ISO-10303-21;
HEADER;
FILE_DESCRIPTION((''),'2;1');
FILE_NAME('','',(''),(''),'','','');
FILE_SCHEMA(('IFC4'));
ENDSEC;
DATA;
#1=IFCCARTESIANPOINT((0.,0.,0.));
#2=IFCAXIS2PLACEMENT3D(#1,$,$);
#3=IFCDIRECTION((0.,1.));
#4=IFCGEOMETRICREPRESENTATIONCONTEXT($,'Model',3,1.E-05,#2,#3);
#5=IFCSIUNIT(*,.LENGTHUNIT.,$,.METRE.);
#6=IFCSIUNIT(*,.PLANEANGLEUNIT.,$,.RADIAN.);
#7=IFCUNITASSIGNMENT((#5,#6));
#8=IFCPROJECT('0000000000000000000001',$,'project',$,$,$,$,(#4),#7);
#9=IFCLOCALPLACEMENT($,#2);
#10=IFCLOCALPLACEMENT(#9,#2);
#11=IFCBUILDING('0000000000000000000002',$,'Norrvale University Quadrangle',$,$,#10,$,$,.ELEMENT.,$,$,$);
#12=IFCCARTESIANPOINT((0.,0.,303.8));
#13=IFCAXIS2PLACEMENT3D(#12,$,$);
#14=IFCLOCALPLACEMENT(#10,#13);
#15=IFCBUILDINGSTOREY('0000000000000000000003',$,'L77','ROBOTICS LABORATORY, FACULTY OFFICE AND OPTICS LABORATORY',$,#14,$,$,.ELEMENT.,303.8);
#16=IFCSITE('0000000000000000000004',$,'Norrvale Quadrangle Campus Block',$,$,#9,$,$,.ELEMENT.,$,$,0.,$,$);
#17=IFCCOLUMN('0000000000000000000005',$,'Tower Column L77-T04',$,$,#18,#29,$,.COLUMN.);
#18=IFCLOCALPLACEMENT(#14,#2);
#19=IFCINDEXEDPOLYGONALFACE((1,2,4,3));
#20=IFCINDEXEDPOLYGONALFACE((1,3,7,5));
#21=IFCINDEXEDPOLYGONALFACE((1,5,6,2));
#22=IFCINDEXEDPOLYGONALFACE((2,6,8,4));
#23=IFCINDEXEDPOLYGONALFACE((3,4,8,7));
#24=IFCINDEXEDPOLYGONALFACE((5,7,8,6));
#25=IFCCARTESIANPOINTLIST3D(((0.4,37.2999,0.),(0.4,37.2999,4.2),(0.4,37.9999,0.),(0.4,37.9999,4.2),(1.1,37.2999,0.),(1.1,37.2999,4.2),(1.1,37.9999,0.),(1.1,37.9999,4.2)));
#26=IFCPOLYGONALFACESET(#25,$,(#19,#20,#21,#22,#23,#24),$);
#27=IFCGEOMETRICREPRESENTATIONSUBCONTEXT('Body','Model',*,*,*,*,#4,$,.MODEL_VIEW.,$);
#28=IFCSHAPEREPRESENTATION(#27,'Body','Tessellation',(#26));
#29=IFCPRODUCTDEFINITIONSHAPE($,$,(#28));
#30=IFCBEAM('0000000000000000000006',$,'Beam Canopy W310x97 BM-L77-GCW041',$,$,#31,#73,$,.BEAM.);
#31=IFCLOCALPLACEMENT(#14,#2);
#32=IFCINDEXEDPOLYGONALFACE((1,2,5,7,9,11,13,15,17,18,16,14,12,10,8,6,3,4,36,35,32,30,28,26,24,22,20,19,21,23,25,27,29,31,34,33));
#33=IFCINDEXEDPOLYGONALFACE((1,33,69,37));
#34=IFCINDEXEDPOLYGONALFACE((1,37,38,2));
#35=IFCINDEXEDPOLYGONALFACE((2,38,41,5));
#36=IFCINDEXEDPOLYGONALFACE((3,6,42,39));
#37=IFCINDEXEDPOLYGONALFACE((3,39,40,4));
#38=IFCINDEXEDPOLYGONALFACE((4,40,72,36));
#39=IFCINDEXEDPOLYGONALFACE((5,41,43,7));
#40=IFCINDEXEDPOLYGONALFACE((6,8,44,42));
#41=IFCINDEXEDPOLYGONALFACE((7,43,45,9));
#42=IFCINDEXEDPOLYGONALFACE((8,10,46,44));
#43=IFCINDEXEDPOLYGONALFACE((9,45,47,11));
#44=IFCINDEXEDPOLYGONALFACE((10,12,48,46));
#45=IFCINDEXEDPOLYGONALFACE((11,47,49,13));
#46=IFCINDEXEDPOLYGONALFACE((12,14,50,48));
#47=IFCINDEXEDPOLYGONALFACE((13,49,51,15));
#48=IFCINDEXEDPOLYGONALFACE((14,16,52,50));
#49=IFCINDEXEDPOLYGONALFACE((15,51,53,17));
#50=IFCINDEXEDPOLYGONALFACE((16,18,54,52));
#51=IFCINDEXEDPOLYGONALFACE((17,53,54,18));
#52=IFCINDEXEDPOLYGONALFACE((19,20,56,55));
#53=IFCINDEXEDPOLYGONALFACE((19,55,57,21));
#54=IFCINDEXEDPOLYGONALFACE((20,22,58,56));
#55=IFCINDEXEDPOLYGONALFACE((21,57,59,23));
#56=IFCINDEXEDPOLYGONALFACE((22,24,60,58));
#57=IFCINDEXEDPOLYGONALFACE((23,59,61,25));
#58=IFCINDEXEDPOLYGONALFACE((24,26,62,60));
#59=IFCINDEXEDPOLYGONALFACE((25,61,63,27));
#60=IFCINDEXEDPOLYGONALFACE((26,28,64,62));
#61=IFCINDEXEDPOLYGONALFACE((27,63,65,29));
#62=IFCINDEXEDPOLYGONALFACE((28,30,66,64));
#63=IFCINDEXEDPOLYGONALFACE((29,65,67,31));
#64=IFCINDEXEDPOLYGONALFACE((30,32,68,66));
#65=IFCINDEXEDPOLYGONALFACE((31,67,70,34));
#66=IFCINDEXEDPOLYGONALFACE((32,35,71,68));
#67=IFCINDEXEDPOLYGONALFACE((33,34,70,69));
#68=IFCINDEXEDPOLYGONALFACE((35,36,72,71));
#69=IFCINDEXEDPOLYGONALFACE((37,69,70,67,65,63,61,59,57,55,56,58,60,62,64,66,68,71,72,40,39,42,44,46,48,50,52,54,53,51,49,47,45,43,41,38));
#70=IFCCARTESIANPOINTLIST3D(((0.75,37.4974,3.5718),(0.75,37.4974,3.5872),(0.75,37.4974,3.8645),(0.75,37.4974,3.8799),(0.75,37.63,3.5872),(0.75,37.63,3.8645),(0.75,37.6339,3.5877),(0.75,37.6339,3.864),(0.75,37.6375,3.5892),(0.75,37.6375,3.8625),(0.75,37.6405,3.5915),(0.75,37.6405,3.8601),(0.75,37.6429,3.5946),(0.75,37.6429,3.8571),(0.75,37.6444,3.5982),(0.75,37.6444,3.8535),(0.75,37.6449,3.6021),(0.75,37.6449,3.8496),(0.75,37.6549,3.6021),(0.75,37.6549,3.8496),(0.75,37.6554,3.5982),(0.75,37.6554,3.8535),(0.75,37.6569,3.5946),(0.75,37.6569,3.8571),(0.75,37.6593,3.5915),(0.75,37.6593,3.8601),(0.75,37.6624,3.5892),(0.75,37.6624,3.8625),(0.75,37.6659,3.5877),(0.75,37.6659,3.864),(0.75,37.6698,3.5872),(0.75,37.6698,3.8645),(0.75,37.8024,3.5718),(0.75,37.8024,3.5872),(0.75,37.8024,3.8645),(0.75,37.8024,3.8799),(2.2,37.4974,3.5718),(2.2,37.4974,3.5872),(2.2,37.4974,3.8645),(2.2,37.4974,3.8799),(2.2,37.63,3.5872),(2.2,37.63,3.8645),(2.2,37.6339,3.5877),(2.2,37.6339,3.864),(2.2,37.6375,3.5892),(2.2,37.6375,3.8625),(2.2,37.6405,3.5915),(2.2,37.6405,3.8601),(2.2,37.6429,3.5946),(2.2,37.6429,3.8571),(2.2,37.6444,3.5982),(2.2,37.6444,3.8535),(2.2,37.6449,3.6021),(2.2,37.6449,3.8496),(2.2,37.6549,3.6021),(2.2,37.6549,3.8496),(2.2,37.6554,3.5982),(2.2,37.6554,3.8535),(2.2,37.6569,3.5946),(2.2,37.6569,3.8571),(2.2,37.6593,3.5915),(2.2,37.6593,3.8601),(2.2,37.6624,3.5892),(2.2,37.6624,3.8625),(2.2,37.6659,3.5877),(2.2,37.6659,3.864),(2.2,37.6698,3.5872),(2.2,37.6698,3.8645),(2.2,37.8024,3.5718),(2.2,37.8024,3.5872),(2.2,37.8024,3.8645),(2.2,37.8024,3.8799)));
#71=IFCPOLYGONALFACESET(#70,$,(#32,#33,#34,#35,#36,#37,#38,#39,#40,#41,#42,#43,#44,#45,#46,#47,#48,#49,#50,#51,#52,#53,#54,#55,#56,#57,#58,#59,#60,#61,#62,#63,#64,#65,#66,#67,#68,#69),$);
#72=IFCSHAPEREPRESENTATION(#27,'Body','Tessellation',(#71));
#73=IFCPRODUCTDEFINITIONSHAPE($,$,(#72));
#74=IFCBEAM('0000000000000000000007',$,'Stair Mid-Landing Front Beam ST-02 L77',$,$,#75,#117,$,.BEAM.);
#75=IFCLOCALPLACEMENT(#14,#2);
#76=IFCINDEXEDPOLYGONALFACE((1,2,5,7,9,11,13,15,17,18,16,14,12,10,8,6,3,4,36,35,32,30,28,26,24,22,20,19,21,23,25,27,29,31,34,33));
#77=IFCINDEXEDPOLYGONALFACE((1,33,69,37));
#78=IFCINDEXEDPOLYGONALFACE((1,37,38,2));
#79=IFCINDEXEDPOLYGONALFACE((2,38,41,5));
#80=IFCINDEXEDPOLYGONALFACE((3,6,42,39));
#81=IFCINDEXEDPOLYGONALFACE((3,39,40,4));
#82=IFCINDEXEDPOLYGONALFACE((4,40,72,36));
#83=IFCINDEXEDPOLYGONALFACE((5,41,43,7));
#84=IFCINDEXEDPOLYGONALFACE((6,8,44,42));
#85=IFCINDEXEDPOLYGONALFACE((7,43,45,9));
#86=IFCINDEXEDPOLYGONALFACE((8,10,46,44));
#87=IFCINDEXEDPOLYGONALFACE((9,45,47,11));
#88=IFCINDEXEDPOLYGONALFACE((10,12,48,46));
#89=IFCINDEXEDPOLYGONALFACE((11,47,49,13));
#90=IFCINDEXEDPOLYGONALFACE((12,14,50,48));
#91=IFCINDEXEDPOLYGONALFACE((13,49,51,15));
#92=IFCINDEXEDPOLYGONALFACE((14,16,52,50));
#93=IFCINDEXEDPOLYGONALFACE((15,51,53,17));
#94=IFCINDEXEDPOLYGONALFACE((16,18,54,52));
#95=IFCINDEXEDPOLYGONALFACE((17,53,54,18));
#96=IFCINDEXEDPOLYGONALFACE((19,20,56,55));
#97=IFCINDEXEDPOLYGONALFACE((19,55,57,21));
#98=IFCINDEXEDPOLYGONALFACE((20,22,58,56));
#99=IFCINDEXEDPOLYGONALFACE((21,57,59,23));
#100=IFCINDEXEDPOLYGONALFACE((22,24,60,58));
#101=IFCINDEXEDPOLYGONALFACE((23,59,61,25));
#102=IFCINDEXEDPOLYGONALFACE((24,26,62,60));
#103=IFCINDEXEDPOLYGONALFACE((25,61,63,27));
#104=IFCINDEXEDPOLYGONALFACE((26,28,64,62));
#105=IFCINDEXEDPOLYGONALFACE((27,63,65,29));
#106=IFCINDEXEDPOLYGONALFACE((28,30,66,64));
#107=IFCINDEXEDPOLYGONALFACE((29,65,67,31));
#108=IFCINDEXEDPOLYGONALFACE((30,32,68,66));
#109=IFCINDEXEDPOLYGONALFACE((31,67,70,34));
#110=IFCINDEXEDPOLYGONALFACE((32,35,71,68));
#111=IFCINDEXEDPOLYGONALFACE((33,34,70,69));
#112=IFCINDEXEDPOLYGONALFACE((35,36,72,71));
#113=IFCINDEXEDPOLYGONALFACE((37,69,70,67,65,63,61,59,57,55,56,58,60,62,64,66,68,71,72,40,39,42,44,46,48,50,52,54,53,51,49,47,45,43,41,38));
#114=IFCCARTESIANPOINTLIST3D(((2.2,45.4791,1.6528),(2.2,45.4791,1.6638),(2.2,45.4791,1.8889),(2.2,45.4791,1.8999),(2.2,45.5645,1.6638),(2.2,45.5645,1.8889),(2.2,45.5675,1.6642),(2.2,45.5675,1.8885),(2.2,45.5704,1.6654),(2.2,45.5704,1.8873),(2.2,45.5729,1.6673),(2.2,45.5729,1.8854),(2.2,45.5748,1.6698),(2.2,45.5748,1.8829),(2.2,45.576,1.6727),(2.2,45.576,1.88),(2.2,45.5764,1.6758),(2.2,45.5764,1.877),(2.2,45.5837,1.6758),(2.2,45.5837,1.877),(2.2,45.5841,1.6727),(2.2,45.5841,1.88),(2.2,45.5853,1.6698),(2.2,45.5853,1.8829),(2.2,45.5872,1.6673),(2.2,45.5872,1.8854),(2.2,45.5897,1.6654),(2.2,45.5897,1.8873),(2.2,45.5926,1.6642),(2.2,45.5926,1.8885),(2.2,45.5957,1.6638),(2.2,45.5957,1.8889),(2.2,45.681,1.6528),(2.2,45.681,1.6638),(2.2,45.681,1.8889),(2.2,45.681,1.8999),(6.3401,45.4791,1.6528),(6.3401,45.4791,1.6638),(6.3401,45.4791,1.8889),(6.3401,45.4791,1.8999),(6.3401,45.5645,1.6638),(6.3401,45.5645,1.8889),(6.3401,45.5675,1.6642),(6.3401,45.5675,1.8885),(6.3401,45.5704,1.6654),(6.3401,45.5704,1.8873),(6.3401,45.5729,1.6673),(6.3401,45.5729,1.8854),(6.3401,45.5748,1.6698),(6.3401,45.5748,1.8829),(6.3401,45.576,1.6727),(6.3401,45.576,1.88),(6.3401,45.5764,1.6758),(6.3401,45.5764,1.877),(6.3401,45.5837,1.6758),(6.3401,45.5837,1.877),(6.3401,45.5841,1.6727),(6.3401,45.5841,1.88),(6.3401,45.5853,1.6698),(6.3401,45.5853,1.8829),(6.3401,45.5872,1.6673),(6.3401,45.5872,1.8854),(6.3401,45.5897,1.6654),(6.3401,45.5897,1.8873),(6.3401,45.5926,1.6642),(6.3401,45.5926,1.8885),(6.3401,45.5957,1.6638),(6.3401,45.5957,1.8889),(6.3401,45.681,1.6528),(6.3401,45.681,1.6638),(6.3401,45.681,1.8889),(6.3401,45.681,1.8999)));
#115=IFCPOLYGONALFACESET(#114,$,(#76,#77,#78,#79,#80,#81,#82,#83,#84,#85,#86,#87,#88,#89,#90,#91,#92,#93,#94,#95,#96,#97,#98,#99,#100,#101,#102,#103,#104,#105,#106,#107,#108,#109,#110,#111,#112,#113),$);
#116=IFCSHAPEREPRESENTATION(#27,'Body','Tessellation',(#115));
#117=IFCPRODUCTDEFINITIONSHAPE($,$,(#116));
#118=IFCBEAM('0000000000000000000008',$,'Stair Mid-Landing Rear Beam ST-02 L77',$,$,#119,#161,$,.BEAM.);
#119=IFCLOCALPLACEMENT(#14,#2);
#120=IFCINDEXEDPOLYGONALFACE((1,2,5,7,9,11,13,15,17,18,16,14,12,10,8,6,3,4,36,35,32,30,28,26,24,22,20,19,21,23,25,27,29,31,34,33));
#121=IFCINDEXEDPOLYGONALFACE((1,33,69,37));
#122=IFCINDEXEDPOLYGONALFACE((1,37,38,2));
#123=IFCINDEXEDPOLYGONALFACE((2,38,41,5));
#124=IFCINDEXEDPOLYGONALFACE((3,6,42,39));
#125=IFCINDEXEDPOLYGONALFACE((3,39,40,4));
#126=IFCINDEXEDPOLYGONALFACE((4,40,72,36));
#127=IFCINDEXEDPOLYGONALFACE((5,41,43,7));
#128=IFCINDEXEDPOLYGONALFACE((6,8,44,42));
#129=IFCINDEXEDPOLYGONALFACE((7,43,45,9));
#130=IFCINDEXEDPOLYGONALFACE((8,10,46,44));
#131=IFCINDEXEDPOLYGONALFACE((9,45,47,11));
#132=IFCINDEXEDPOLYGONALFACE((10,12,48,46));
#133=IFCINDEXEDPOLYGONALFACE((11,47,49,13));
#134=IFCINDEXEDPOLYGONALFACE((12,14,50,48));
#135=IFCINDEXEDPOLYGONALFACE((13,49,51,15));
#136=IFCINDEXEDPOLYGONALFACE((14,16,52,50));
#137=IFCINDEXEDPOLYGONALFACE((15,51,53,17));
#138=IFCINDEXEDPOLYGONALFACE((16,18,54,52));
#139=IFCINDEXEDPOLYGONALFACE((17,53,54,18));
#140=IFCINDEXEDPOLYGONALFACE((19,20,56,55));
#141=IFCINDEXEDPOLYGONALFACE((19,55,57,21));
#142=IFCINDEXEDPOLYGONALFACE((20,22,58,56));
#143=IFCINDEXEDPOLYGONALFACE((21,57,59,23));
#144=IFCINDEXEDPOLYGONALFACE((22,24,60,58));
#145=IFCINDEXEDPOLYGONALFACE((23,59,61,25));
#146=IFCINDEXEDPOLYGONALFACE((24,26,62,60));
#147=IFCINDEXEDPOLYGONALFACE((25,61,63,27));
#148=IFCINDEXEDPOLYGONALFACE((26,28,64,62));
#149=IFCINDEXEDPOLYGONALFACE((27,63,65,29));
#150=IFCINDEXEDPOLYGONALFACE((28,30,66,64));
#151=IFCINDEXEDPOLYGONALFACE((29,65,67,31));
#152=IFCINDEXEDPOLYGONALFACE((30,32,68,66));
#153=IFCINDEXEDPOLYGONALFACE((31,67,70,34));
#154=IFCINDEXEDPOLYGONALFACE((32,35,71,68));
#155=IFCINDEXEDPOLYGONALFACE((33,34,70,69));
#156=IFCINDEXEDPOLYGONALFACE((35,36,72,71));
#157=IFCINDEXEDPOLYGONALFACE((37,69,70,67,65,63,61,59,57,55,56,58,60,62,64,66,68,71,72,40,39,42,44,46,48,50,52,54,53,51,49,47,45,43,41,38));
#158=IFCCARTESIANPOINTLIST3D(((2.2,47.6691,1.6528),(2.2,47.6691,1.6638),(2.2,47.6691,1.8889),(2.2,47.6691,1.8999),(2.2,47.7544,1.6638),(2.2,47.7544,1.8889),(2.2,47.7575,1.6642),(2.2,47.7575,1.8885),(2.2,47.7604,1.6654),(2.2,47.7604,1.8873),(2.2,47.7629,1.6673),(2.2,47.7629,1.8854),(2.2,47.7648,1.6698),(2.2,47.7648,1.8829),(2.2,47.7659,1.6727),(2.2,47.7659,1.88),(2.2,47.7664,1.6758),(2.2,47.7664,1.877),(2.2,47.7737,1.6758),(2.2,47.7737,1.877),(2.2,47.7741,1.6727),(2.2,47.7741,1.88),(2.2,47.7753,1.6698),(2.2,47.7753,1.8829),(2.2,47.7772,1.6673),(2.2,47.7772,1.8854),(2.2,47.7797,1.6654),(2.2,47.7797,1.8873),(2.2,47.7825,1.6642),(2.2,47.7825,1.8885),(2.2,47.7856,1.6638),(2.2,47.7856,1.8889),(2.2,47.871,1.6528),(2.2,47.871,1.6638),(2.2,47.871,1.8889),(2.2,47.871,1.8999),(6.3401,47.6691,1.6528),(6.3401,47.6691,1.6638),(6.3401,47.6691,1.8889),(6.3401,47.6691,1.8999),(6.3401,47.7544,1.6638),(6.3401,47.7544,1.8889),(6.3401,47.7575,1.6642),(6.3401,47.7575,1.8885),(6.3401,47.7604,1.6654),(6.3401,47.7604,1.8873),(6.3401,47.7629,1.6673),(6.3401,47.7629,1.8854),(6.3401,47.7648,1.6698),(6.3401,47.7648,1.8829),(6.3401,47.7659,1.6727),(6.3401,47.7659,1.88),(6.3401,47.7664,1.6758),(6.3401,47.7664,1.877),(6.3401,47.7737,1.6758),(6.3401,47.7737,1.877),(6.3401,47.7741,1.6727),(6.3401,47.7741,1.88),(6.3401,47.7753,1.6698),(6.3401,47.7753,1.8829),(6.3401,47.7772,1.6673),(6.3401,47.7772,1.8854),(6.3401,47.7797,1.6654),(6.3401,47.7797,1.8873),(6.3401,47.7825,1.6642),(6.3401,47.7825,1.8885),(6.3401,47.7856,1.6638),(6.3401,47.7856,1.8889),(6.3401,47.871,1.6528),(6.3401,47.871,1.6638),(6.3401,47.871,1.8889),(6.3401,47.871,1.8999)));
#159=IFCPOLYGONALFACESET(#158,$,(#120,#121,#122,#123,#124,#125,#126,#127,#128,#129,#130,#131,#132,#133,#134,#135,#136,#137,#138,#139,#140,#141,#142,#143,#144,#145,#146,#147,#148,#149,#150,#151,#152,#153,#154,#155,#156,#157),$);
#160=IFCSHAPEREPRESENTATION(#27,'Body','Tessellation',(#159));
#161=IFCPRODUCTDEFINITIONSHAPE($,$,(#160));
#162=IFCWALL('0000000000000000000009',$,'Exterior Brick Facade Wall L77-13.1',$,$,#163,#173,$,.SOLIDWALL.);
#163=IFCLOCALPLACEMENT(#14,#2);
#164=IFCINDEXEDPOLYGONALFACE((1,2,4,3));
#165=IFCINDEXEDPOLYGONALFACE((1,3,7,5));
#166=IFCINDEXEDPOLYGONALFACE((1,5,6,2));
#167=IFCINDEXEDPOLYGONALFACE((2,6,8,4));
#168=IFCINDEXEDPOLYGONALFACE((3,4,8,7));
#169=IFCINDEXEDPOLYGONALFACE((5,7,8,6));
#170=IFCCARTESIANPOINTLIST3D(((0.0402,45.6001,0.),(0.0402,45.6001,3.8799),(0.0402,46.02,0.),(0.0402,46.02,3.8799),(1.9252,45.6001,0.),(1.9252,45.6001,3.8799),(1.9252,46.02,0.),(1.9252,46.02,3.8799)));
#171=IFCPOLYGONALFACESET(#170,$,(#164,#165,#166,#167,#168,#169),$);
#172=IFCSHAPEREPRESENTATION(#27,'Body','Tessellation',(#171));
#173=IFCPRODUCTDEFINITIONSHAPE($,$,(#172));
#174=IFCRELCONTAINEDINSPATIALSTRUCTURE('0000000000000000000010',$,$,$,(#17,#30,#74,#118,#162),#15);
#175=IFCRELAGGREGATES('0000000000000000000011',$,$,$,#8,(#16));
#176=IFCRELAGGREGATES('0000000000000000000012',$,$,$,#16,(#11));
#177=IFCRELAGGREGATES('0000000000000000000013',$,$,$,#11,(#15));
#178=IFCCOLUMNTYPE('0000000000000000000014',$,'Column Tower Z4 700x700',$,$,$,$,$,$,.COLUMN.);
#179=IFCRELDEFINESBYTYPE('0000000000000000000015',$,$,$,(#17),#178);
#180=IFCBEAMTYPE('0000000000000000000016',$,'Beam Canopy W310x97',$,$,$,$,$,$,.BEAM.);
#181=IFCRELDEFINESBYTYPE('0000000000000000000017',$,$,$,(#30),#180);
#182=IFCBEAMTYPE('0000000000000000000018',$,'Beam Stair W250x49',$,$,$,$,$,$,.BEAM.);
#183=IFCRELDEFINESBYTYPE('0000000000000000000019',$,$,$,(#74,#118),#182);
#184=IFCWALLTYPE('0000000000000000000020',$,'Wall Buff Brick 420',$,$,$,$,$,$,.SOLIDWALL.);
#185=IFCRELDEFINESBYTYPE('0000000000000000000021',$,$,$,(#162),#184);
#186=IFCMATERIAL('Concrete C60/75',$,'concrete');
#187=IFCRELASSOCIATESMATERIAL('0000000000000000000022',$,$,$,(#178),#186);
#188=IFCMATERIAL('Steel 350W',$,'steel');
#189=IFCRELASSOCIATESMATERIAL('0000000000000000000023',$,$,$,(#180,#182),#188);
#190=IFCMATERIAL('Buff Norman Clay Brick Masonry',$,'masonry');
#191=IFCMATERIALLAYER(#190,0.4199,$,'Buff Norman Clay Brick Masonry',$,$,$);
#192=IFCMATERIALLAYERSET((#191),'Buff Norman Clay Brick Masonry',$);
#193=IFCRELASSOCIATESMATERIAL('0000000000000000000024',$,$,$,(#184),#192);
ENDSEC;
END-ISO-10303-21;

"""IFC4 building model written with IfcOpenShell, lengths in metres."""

from ifc_helpers import new_model, si_unit, direction, frame, frame_2d, origin, origin_2d, place, context, subcontext, project, spatial, rectangle, i_section, extrude, material, layer, layer_set, material_profile, profile_set, type_object, element, save


model = new_model("IFC4")

# Units and contexts
model_context = context("Model", 3, precision=1e-05, world=origin(), true_north=direction((0.0, 1.0)))
body_context = subcontext(model_context, "Body", "Model", "MODEL_VIEW")
ifc_project = project(units=[si_unit("LENGTHUNIT", "METRE"), si_unit("PLANEANGLEUNIT", "RADIAN")], contexts=[model_context])

# Site, building, storey
site_placement = place(None, origin())
site = spatial("IfcSite", under=ifc_project, at=site_placement, Name="Norrvale Quadrangle Campus Block", CompositionType="ELEMENT", RefElevation=0.0)
building_placement = place(site_placement, origin())
building = spatial("IfcBuilding", under=site, at=building_placement, Name="Norrvale University Quadrangle", CompositionType="ELEMENT")
storey_placement = place(building_placement, frame((0.0, 0.0, 303.8)))
storey = spatial("IfcBuildingStorey", under=building, at=storey_placement, Name="L77", Description="ROBOTICS LABORATORY, FACULTY OFFICE AND OPTICS LABORATORY", CompositionType="ELEMENT", Elevation=303.8)

# Column
ifc_material_1 = material(Name="Concrete C60/75", Category="concrete")
ifc_material_profile_1 = material_profile(ifc_material_1, rectangle(XDim=0.7, YDim=0.7, at=origin_2d()), Name="Concrete C60/75")
ifc_profile_set_1 = profile_set([ifc_material_profile_1], Name="Concrete C60/75")
column_type = type_object("IfcColumnType", Name="Column Tower Z4 700x700", PredefinedType="COLUMN", material=ifc_profile_set_1)
column_placement = place(storey_placement, frame((0.75, 37.6499, 0.0), z_axis=(0.0, 0.0, 1.0), x_axis=(1.0, 0.0, 0.0)))
element("IfcColumn", 1, at=column_placement, inside=storey, type_object=column_type, Name="Tower Column L77-T04", PredefinedType="COLUMN", context=body_context, shape_type="SweptSolid", body=[
    extrude(rectangle(XDim=0.7, YDim=0.7, at=origin_2d()), origin(), (0.0, 0.0, 1.0), 4.2),
])

# Beams
ifc_material_2 = material(Name="Steel 350W", Category="steel")
ifc_material_profile_2 = material_profile(ifc_material_2, i_section(OverallWidth=0.3049, OverallDepth=0.3081, WebThickness=0.01, FlangeThickness=0.0154, FilletRadius=0.0149, at=origin_2d()), Name="Steel 350W")
ifc_profile_set_2 = profile_set([ifc_material_profile_2], Name="Steel 350W")
beam_type_1 = type_object("IfcBeamType", Name="Beam Canopy W310x97", PredefinedType="BEAM", material=ifc_profile_set_2)
beam_placement = place(storey_placement, frame((0.75, 37.6499, 3.7258), z_axis=(1.0, 0.0, 0.0), x_axis=(0.0, 1.0, 0.0)))
element("IfcBeam", 2, at=beam_placement, inside=storey, type_object=beam_type_1, Name="Beam Canopy W310x97 BM-L77-GCW041", PredefinedType="BEAM", context=body_context, shape_type="SweptSolid", body=[
    extrude(i_section(OverallWidth=0.3049, OverallDepth=0.3081, WebThickness=0.01, FlangeThickness=0.0154, FilletRadius=0.0149, at=origin_2d()), origin(), (0.0, 0.0, 1.0), 1.45),
])
ifc_material_profile_3 = material_profile(ifc_material_2, i_section(OverallWidth=0.2019, OverallDepth=0.2471, WebThickness=0.0073, FlangeThickness=0.011, FilletRadius=0.012, at=origin_2d()), Name="Steel 350W")
ifc_profile_set_3 = profile_set([ifc_material_profile_3], Name="Steel 350W")
beam_type_2 = type_object("IfcBeamType", Name="Beam Stair W250x49", PredefinedType="BEAM", material=ifc_profile_set_3)
for number, where, z_axis, x_axis, name in (
    (3, (2.2, 45.5801, 1.7764), (1.0, 0.0, 0.0), (0.0, 1.0, 0.0), "Stair Mid-Landing Front Beam ST-02 L77"),
    (4, (2.2, 47.77, 1.7764), (1.0, 0.0, 0.0), (0.0, 1.0, 0.0), "Stair Mid-Landing Rear Beam ST-02 L77"),
):
    element("IfcBeam", number, at=place(storey_placement, frame(where, z_axis=z_axis, x_axis=x_axis)), inside=storey, type_object=beam_type_2, Name=name, PredefinedType="BEAM", context=body_context, shape_type="SweptSolid", body=[
        extrude(i_section(OverallWidth=0.2019, OverallDepth=0.2471, WebThickness=0.0073, FlangeThickness=0.011, FilletRadius=0.012, at=origin_2d()), origin(), (0.0, 0.0, 1.0), 4.1401),
    ])

# Wall
ifc_material_3 = material(Name="Buff Norman Clay Brick Masonry", Category="masonry")
ifc_layer_1 = layer(ifc_material_3, 0.4199, Name="Buff Norman Clay Brick Masonry")
ifc_layer_set_1 = layer_set([ifc_layer_1], Name="Buff Norman Clay Brick Masonry")
wall_type_1 = type_object("IfcWallType", Name="Wall Buff Brick 420", PredefinedType="SOLIDWALL", material=ifc_layer_set_1)
wall_1_placement = place(storey_placement, frame((1.925, 45.8101, 0.0), z_axis=(0.0, 0.0, 1.0), x_axis=(-1.0, 0.0, 0.0)))
element("IfcWall", 5, at=wall_1_placement, inside=storey, type_object=wall_type_1, Name="Exterior Brick Facade Wall L77-13.1", PredefinedType="SOLIDWALL", context=body_context, shape_type="SweptSolid", body=[
    extrude(rectangle(XDim=1.885, YDim=0.4199, at=frame_2d((0.9424, 0.0))), origin(), (0.0, 0.0, 1.0), 3.8799),
])

save(model, "model.ifc")
